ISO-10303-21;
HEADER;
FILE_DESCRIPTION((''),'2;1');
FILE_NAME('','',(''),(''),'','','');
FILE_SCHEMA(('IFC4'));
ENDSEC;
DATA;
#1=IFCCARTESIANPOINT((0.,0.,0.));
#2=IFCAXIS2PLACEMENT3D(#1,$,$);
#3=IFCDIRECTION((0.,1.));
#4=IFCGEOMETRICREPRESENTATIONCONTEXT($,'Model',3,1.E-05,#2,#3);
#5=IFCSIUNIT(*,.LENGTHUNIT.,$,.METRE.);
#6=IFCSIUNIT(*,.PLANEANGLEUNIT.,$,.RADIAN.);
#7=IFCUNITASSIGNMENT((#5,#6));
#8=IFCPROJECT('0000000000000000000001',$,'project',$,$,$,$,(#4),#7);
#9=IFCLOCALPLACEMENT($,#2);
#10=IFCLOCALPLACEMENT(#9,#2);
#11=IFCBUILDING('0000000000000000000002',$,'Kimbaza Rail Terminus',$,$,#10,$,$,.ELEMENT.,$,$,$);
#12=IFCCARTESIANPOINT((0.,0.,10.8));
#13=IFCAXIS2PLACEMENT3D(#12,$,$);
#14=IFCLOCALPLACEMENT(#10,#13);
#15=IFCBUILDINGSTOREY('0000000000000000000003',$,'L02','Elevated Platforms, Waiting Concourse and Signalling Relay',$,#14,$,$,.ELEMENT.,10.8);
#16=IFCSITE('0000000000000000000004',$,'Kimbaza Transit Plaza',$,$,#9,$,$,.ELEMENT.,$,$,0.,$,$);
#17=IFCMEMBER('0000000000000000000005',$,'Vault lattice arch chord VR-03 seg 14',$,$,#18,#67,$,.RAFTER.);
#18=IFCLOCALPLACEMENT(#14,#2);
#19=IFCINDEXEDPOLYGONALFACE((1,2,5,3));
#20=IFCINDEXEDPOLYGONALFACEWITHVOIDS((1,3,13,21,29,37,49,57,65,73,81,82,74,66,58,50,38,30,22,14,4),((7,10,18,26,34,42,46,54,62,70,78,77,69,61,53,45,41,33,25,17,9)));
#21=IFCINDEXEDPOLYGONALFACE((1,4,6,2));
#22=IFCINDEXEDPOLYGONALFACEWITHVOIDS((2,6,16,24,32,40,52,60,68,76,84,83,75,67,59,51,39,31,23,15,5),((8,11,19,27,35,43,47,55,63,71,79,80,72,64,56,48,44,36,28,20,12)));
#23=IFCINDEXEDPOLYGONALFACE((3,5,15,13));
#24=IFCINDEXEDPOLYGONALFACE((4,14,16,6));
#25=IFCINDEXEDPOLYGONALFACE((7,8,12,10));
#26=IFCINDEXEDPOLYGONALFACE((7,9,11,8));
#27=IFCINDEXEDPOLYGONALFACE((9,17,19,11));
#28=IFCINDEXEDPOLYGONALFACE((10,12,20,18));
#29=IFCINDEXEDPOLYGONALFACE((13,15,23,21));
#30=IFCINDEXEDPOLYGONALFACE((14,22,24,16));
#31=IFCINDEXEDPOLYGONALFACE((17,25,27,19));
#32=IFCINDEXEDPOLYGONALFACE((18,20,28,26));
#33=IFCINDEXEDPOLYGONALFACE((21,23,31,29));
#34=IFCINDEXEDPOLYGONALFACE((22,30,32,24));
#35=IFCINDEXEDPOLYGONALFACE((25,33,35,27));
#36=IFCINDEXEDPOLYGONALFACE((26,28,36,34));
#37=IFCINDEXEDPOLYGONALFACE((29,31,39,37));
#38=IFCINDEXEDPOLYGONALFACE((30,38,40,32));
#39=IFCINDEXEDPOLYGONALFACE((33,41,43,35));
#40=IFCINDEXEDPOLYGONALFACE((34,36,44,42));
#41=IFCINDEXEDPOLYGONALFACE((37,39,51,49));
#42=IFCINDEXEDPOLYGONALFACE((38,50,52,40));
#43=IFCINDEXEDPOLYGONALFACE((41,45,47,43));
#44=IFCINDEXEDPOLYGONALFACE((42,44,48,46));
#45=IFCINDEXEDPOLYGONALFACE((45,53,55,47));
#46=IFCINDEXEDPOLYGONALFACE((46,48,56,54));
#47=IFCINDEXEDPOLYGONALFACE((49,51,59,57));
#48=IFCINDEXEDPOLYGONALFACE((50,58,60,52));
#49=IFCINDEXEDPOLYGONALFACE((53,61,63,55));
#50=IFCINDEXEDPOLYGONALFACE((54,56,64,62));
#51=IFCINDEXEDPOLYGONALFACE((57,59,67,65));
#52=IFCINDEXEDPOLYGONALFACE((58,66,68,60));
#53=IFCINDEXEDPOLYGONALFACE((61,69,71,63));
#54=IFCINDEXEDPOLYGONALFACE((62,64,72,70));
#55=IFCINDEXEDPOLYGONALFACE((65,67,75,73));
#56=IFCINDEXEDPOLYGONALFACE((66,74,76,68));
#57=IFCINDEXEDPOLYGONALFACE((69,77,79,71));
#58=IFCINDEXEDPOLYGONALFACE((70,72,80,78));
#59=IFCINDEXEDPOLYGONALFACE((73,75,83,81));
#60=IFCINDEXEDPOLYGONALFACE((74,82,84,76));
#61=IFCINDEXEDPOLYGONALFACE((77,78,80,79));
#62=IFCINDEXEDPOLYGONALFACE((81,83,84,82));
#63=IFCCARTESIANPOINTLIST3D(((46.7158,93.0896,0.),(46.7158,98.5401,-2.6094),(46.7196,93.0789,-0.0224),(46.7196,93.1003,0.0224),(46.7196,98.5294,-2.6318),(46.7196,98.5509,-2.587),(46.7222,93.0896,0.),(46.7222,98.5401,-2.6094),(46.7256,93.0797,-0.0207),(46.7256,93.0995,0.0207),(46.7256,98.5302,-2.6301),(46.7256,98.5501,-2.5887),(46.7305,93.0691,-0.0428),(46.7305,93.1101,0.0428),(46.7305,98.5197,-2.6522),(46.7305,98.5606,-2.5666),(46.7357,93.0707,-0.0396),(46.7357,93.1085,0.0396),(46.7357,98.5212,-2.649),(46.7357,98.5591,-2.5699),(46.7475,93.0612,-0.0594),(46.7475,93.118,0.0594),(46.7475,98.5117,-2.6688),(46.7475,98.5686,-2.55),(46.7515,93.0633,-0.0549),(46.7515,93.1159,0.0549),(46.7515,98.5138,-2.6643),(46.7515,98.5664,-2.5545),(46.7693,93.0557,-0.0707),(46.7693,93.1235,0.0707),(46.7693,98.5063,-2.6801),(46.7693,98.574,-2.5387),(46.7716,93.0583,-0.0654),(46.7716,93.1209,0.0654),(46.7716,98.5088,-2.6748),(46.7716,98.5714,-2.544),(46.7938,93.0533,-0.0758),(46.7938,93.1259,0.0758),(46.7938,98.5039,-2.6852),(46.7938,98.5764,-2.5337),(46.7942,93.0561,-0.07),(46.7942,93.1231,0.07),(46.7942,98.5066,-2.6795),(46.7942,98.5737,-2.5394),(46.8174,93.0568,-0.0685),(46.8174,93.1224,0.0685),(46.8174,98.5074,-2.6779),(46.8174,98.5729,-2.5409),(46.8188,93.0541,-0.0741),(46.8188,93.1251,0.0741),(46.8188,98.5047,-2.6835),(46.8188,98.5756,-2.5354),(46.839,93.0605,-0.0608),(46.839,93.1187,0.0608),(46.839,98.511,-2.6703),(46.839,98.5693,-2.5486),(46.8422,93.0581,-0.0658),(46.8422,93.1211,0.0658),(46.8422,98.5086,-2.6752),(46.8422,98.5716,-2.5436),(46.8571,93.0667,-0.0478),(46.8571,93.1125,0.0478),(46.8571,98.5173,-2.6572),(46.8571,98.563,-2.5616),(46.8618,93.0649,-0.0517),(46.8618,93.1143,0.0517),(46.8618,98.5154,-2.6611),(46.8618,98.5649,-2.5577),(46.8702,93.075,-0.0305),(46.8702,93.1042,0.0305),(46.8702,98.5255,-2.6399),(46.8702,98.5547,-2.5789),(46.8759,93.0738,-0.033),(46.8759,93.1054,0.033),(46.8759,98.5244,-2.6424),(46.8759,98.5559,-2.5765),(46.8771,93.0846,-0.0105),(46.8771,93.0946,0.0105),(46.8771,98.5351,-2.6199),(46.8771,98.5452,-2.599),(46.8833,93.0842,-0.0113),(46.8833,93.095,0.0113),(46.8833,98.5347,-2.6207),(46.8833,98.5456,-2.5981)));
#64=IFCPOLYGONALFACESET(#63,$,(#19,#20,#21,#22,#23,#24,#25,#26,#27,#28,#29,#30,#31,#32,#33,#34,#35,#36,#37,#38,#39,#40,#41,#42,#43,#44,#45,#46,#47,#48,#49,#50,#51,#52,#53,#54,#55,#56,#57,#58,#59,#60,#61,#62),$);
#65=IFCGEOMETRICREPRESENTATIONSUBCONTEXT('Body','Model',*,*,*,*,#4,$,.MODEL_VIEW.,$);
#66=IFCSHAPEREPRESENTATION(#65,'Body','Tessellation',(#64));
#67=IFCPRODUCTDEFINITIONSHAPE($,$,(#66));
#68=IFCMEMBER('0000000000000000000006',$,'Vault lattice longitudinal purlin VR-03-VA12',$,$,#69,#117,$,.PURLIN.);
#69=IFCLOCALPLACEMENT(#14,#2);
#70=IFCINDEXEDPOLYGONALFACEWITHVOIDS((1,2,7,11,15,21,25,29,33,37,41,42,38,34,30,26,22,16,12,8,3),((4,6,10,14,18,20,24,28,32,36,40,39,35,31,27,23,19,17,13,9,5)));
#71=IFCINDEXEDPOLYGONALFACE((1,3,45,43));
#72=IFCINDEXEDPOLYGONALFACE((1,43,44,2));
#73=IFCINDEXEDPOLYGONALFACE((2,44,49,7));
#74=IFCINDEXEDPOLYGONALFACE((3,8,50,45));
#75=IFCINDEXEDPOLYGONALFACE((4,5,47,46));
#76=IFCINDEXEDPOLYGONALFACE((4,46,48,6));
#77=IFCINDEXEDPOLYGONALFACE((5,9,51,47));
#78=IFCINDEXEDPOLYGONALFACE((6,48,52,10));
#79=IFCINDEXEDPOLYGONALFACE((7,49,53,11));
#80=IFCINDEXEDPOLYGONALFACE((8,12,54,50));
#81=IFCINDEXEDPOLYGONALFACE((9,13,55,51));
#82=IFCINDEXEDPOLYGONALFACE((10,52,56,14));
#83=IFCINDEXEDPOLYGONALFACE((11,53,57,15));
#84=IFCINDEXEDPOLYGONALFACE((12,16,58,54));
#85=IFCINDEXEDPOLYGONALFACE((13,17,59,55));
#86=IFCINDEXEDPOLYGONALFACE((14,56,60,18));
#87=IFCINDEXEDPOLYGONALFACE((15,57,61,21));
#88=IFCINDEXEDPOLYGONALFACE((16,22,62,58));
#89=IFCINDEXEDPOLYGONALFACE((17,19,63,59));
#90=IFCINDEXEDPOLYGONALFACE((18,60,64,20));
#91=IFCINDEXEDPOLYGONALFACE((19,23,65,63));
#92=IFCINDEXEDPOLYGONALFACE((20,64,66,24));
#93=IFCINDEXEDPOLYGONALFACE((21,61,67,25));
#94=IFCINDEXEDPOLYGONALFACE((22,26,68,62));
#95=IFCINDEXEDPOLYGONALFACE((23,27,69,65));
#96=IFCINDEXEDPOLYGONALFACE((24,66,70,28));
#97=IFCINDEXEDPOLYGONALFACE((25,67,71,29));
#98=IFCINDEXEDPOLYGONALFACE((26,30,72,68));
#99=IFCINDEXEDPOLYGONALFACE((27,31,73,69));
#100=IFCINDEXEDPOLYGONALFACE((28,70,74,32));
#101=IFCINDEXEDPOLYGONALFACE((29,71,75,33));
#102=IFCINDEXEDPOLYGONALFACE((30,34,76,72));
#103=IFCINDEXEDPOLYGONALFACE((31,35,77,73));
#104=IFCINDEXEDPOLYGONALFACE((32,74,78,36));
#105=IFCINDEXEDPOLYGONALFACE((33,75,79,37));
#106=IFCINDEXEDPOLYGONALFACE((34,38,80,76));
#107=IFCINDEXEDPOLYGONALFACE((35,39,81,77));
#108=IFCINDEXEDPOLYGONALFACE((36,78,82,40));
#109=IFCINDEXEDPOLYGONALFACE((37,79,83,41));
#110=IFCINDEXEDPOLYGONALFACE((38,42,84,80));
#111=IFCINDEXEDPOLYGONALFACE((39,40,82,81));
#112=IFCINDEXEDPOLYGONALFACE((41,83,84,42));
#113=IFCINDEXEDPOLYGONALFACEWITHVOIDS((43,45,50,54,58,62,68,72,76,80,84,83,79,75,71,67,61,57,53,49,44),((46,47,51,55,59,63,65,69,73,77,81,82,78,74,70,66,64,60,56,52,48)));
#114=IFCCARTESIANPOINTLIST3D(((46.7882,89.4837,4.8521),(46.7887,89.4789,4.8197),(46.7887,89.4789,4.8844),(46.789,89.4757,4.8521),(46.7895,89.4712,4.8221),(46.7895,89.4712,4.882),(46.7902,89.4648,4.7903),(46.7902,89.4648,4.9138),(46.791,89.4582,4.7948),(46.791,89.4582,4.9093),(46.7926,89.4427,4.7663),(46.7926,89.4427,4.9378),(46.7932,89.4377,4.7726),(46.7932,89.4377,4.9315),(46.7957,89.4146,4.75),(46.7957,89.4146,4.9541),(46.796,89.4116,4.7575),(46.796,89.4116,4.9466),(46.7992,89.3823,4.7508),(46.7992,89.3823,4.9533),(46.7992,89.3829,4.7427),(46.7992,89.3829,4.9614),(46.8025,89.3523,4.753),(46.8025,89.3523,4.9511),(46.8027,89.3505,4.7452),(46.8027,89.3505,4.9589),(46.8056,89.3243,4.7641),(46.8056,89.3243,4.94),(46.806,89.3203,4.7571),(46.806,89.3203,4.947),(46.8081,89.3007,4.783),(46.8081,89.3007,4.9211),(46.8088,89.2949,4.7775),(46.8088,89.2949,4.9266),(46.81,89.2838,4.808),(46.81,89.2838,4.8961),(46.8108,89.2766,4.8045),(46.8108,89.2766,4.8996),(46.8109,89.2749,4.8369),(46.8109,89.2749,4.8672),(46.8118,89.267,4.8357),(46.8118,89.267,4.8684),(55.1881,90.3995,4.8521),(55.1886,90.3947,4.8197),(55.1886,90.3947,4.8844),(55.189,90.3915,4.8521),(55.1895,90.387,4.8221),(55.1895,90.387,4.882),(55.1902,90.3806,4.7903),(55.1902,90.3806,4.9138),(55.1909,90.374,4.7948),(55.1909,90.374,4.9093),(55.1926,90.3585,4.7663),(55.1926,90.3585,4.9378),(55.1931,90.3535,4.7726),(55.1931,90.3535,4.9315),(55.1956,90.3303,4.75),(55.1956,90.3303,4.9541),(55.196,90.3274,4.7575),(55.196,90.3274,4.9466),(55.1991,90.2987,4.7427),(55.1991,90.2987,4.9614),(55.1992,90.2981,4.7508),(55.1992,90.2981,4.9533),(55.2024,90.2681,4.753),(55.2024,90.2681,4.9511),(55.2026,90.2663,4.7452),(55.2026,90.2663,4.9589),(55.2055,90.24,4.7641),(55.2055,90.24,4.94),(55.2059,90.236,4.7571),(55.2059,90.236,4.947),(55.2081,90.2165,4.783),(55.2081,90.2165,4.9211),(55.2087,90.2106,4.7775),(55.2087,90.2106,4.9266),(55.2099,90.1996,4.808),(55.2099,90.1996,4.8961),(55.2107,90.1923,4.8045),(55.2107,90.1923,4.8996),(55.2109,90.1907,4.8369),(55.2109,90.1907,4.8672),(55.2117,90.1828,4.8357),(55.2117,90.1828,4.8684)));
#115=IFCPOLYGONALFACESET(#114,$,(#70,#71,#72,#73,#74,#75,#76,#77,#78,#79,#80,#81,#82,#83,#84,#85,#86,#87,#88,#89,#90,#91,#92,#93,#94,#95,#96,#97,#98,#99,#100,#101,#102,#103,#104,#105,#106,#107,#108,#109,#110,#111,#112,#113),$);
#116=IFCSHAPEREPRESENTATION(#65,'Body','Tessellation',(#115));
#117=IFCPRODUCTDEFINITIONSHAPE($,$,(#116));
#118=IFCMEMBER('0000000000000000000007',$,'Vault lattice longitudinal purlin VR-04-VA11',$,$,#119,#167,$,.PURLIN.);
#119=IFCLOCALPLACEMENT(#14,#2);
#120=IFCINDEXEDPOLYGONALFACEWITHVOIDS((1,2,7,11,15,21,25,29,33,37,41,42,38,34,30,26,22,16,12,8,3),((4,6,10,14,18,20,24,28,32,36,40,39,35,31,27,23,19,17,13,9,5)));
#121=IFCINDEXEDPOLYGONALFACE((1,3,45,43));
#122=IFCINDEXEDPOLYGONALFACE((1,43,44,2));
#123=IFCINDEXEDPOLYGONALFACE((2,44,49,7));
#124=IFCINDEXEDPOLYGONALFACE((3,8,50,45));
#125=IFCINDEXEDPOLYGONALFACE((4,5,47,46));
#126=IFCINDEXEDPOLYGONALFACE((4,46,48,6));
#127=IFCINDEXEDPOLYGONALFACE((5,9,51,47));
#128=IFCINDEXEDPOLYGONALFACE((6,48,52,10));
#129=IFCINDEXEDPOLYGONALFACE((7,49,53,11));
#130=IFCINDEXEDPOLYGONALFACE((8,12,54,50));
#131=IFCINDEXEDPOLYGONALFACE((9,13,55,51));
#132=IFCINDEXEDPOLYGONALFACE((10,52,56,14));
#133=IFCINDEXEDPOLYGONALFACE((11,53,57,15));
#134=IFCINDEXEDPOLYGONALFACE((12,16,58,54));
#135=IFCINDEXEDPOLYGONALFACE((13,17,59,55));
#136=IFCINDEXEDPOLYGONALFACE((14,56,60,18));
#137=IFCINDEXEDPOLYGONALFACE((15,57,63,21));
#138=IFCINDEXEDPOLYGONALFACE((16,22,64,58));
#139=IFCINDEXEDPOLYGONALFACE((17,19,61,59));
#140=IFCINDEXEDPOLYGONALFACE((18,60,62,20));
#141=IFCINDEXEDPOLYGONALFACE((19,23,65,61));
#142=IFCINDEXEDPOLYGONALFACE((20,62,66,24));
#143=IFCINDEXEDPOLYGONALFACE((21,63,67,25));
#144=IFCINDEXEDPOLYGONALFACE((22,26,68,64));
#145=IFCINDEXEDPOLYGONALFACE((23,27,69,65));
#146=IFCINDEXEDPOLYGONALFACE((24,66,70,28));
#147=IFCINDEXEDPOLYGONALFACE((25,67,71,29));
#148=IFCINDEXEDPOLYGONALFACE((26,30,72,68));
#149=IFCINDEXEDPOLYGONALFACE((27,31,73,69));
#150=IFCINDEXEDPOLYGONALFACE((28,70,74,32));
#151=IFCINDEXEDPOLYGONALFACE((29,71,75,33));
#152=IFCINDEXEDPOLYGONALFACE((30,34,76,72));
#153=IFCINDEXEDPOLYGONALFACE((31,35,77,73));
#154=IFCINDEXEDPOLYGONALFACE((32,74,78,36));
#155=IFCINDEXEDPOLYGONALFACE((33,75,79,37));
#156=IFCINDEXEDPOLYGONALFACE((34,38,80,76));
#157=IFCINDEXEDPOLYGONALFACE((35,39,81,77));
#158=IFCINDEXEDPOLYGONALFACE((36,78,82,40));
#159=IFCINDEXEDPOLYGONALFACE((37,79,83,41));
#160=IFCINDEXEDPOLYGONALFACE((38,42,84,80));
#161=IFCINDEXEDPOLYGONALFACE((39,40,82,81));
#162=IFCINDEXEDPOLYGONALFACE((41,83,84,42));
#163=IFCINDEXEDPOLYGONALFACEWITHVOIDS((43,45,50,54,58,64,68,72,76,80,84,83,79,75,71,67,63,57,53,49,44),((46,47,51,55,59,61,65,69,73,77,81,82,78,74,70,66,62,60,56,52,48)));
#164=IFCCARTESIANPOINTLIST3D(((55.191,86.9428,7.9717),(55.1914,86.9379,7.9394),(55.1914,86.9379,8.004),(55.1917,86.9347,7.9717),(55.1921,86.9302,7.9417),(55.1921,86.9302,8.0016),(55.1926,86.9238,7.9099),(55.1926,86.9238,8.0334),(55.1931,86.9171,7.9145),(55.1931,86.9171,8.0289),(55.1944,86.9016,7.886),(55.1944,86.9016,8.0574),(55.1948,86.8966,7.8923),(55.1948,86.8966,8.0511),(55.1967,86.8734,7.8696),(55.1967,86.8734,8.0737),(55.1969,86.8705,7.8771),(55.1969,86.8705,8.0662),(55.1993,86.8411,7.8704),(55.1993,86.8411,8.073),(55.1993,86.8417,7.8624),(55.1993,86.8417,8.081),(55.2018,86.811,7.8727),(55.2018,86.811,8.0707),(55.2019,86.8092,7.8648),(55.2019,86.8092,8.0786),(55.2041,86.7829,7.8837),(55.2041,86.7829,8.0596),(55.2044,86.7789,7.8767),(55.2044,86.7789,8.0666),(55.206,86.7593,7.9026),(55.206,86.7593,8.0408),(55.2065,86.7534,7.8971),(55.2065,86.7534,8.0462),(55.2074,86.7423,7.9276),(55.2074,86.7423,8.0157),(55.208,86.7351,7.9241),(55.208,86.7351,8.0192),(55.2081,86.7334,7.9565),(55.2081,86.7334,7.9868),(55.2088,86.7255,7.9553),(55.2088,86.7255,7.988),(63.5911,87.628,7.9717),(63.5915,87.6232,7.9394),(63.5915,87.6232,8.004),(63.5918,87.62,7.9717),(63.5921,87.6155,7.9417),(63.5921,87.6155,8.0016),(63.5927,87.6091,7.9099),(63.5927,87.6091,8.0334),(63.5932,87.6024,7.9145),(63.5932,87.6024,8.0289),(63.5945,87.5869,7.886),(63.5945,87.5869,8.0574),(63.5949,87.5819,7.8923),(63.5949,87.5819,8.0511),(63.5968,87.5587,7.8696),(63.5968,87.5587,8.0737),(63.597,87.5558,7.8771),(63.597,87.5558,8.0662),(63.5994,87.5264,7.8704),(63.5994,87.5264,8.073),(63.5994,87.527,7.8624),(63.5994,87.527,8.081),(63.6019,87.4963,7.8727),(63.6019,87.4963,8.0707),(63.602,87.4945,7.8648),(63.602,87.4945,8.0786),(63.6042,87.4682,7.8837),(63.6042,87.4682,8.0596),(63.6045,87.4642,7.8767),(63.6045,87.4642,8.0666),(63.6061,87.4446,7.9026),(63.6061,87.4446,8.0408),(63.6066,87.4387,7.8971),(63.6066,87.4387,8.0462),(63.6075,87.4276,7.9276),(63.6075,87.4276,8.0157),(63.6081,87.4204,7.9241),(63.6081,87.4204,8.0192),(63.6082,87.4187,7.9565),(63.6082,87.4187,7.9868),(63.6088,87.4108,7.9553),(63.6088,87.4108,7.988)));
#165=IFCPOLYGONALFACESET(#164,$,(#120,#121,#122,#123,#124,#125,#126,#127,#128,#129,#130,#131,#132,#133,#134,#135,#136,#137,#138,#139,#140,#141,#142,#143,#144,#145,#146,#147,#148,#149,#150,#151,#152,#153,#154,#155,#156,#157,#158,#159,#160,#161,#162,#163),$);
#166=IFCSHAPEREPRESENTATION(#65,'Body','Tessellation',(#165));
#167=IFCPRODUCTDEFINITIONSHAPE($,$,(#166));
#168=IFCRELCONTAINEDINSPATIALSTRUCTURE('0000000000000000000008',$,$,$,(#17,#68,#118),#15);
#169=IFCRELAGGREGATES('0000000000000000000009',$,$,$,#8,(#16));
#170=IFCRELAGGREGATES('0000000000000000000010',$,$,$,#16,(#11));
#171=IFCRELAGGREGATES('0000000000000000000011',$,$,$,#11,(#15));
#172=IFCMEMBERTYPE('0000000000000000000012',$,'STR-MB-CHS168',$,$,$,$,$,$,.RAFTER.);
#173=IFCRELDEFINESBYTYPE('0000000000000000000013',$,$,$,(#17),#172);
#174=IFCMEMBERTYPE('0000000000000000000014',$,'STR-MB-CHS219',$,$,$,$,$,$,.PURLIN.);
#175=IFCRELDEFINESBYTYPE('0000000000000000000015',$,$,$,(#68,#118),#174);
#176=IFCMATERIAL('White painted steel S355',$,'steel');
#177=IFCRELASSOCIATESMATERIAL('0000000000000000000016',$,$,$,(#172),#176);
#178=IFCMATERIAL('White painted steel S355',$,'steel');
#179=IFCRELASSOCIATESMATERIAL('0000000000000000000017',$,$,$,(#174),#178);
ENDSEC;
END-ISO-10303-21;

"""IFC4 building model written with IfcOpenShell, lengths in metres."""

from ifc_helpers import new_model, si_unit, direction, frame, origin, origin_2d, place, context, subcontext, project, spatial, hollow_circle, extrude, material, material_profile, profile_set, type_object, element, save


model = new_model("IFC4")

# Units and contexts
model_context = context("Model", 3, precision=1e-05, world=origin(), true_north=direction((0.0, 1.0)))
body_context = subcontext(model_context, "Body", "Model", "MODEL_VIEW")
ifc_project = project(units=[si_unit("LENGTHUNIT", "METRE"), si_unit("PLANEANGLEUNIT", "RADIAN")], contexts=[model_context])

# Site, building, storey
site_placement = place(None, origin())
site = spatial("IfcSite", under=ifc_project, at=site_placement, Name="Kimbaza Transit Plaza", CompositionType="ELEMENT", RefElevation=0.0)
building_placement = place(site_placement, origin())
building = spatial("IfcBuilding", under=site, at=building_placement, Name="Kimbaza Rail Terminus", CompositionType="ELEMENT")
storey_placement = place(building_placement, frame((0.0, 0.0, 10.8)))
storey = spatial("IfcBuildingStorey", under=building, at=storey_placement, Name="L02", Description="Elevated Platforms, Waiting Concourse and Signalling Relay", CompositionType="ELEMENT", Elevation=10.8)

# Members
ifc_material_1 = material(Name="White painted steel S355", Category="steel")
ifc_material_profile_1 = material_profile(ifc_material_1, hollow_circle(Radius=0.0842, WallThickness=0.0063, at=origin_2d()), Name="CHS 168.3x6.3")
ifc_profile_set_1 = profile_set([ifc_material_profile_1], Name="White painted steel S355")
member_type_1 = type_object("IfcMemberType", Name="STR-MB-CHS168", PredefinedType="RAFTER", material=ifc_profile_set_1)
member_1_placement = place(storey_placement, frame((46.8, 93.0896, 0.0), z_axis=(0.0, 0.901964, -0.431811), x_axis=(-1.0, 0.0, 0.0)))
element("IfcMember", 1, at=member_1_placement, inside=storey, type_object=member_type_1, Name="Vault lattice arch chord VR-03 seg 14", PredefinedType="RAFTER", context=body_context, shape_type="SweptSolid", body=[
    extrude(hollow_circle(Radius=0.0842, WallThickness=0.0063, at=origin_2d()), origin(), (0.0, 0.0, 1.0), 6.043),
])
ifc_material_2 = material(Name="White painted steel S355", Category="steel")
ifc_material_profile_2 = material_profile(ifc_material_2, hollow_circle(Radius=0.1096, WallThickness=0.0081, at=origin_2d()), Name="CHS 219.1x8")
ifc_profile_set_2 = profile_set([ifc_material_profile_2], Name="White painted steel S355")
member_type_2 = type_object("IfcMemberType", Name="STR-MB-CHS219", PredefinedType="PURLIN", material=ifc_profile_set_2)
member_2_placement = place(storey_placement, frame((46.8, 89.3748, 4.8521), z_axis=(0.99411, 0.10838, 0.0), x_axis=(-0.10838, 0.99411, 0.0)))
element("IfcMember", 2, at=member_2_placement, inside=storey, type_object=member_type_2, Name="Vault lattice longitudinal purlin VR-03-VA12", PredefinedType="PURLIN", context=body_context, shape_type="SweptSolid", body=[
    extrude(hollow_circle(Radius=0.1096, WallThickness=0.0081, at=origin_2d()), origin(), (0.0, 0.0, 1.0), 8.4497),
])
for number, where, z_axis, x_axis, name in (
    (3, (55.2, 86.8335, 7.9717), (0.996689, 0.081312, 0.0), (-0.081312, 0.996689, 0.0), "Vault lattice longitudinal purlin VR-04-VA11"),
):
    element("IfcMember", number, at=place(storey_placement, frame(where, z_axis=z_axis, x_axis=x_axis)), inside=storey, type_object=member_type_2, Name=name, PredefinedType="PURLIN", context=body_context, shape_type="SweptSolid", body=[
        extrude(hollow_circle(Radius=0.1096, WallThickness=0.0081, at=origin_2d()), origin(), (0.0, 0.0, 1.0), 8.428),
    ])

save(model, "model.ifc")
